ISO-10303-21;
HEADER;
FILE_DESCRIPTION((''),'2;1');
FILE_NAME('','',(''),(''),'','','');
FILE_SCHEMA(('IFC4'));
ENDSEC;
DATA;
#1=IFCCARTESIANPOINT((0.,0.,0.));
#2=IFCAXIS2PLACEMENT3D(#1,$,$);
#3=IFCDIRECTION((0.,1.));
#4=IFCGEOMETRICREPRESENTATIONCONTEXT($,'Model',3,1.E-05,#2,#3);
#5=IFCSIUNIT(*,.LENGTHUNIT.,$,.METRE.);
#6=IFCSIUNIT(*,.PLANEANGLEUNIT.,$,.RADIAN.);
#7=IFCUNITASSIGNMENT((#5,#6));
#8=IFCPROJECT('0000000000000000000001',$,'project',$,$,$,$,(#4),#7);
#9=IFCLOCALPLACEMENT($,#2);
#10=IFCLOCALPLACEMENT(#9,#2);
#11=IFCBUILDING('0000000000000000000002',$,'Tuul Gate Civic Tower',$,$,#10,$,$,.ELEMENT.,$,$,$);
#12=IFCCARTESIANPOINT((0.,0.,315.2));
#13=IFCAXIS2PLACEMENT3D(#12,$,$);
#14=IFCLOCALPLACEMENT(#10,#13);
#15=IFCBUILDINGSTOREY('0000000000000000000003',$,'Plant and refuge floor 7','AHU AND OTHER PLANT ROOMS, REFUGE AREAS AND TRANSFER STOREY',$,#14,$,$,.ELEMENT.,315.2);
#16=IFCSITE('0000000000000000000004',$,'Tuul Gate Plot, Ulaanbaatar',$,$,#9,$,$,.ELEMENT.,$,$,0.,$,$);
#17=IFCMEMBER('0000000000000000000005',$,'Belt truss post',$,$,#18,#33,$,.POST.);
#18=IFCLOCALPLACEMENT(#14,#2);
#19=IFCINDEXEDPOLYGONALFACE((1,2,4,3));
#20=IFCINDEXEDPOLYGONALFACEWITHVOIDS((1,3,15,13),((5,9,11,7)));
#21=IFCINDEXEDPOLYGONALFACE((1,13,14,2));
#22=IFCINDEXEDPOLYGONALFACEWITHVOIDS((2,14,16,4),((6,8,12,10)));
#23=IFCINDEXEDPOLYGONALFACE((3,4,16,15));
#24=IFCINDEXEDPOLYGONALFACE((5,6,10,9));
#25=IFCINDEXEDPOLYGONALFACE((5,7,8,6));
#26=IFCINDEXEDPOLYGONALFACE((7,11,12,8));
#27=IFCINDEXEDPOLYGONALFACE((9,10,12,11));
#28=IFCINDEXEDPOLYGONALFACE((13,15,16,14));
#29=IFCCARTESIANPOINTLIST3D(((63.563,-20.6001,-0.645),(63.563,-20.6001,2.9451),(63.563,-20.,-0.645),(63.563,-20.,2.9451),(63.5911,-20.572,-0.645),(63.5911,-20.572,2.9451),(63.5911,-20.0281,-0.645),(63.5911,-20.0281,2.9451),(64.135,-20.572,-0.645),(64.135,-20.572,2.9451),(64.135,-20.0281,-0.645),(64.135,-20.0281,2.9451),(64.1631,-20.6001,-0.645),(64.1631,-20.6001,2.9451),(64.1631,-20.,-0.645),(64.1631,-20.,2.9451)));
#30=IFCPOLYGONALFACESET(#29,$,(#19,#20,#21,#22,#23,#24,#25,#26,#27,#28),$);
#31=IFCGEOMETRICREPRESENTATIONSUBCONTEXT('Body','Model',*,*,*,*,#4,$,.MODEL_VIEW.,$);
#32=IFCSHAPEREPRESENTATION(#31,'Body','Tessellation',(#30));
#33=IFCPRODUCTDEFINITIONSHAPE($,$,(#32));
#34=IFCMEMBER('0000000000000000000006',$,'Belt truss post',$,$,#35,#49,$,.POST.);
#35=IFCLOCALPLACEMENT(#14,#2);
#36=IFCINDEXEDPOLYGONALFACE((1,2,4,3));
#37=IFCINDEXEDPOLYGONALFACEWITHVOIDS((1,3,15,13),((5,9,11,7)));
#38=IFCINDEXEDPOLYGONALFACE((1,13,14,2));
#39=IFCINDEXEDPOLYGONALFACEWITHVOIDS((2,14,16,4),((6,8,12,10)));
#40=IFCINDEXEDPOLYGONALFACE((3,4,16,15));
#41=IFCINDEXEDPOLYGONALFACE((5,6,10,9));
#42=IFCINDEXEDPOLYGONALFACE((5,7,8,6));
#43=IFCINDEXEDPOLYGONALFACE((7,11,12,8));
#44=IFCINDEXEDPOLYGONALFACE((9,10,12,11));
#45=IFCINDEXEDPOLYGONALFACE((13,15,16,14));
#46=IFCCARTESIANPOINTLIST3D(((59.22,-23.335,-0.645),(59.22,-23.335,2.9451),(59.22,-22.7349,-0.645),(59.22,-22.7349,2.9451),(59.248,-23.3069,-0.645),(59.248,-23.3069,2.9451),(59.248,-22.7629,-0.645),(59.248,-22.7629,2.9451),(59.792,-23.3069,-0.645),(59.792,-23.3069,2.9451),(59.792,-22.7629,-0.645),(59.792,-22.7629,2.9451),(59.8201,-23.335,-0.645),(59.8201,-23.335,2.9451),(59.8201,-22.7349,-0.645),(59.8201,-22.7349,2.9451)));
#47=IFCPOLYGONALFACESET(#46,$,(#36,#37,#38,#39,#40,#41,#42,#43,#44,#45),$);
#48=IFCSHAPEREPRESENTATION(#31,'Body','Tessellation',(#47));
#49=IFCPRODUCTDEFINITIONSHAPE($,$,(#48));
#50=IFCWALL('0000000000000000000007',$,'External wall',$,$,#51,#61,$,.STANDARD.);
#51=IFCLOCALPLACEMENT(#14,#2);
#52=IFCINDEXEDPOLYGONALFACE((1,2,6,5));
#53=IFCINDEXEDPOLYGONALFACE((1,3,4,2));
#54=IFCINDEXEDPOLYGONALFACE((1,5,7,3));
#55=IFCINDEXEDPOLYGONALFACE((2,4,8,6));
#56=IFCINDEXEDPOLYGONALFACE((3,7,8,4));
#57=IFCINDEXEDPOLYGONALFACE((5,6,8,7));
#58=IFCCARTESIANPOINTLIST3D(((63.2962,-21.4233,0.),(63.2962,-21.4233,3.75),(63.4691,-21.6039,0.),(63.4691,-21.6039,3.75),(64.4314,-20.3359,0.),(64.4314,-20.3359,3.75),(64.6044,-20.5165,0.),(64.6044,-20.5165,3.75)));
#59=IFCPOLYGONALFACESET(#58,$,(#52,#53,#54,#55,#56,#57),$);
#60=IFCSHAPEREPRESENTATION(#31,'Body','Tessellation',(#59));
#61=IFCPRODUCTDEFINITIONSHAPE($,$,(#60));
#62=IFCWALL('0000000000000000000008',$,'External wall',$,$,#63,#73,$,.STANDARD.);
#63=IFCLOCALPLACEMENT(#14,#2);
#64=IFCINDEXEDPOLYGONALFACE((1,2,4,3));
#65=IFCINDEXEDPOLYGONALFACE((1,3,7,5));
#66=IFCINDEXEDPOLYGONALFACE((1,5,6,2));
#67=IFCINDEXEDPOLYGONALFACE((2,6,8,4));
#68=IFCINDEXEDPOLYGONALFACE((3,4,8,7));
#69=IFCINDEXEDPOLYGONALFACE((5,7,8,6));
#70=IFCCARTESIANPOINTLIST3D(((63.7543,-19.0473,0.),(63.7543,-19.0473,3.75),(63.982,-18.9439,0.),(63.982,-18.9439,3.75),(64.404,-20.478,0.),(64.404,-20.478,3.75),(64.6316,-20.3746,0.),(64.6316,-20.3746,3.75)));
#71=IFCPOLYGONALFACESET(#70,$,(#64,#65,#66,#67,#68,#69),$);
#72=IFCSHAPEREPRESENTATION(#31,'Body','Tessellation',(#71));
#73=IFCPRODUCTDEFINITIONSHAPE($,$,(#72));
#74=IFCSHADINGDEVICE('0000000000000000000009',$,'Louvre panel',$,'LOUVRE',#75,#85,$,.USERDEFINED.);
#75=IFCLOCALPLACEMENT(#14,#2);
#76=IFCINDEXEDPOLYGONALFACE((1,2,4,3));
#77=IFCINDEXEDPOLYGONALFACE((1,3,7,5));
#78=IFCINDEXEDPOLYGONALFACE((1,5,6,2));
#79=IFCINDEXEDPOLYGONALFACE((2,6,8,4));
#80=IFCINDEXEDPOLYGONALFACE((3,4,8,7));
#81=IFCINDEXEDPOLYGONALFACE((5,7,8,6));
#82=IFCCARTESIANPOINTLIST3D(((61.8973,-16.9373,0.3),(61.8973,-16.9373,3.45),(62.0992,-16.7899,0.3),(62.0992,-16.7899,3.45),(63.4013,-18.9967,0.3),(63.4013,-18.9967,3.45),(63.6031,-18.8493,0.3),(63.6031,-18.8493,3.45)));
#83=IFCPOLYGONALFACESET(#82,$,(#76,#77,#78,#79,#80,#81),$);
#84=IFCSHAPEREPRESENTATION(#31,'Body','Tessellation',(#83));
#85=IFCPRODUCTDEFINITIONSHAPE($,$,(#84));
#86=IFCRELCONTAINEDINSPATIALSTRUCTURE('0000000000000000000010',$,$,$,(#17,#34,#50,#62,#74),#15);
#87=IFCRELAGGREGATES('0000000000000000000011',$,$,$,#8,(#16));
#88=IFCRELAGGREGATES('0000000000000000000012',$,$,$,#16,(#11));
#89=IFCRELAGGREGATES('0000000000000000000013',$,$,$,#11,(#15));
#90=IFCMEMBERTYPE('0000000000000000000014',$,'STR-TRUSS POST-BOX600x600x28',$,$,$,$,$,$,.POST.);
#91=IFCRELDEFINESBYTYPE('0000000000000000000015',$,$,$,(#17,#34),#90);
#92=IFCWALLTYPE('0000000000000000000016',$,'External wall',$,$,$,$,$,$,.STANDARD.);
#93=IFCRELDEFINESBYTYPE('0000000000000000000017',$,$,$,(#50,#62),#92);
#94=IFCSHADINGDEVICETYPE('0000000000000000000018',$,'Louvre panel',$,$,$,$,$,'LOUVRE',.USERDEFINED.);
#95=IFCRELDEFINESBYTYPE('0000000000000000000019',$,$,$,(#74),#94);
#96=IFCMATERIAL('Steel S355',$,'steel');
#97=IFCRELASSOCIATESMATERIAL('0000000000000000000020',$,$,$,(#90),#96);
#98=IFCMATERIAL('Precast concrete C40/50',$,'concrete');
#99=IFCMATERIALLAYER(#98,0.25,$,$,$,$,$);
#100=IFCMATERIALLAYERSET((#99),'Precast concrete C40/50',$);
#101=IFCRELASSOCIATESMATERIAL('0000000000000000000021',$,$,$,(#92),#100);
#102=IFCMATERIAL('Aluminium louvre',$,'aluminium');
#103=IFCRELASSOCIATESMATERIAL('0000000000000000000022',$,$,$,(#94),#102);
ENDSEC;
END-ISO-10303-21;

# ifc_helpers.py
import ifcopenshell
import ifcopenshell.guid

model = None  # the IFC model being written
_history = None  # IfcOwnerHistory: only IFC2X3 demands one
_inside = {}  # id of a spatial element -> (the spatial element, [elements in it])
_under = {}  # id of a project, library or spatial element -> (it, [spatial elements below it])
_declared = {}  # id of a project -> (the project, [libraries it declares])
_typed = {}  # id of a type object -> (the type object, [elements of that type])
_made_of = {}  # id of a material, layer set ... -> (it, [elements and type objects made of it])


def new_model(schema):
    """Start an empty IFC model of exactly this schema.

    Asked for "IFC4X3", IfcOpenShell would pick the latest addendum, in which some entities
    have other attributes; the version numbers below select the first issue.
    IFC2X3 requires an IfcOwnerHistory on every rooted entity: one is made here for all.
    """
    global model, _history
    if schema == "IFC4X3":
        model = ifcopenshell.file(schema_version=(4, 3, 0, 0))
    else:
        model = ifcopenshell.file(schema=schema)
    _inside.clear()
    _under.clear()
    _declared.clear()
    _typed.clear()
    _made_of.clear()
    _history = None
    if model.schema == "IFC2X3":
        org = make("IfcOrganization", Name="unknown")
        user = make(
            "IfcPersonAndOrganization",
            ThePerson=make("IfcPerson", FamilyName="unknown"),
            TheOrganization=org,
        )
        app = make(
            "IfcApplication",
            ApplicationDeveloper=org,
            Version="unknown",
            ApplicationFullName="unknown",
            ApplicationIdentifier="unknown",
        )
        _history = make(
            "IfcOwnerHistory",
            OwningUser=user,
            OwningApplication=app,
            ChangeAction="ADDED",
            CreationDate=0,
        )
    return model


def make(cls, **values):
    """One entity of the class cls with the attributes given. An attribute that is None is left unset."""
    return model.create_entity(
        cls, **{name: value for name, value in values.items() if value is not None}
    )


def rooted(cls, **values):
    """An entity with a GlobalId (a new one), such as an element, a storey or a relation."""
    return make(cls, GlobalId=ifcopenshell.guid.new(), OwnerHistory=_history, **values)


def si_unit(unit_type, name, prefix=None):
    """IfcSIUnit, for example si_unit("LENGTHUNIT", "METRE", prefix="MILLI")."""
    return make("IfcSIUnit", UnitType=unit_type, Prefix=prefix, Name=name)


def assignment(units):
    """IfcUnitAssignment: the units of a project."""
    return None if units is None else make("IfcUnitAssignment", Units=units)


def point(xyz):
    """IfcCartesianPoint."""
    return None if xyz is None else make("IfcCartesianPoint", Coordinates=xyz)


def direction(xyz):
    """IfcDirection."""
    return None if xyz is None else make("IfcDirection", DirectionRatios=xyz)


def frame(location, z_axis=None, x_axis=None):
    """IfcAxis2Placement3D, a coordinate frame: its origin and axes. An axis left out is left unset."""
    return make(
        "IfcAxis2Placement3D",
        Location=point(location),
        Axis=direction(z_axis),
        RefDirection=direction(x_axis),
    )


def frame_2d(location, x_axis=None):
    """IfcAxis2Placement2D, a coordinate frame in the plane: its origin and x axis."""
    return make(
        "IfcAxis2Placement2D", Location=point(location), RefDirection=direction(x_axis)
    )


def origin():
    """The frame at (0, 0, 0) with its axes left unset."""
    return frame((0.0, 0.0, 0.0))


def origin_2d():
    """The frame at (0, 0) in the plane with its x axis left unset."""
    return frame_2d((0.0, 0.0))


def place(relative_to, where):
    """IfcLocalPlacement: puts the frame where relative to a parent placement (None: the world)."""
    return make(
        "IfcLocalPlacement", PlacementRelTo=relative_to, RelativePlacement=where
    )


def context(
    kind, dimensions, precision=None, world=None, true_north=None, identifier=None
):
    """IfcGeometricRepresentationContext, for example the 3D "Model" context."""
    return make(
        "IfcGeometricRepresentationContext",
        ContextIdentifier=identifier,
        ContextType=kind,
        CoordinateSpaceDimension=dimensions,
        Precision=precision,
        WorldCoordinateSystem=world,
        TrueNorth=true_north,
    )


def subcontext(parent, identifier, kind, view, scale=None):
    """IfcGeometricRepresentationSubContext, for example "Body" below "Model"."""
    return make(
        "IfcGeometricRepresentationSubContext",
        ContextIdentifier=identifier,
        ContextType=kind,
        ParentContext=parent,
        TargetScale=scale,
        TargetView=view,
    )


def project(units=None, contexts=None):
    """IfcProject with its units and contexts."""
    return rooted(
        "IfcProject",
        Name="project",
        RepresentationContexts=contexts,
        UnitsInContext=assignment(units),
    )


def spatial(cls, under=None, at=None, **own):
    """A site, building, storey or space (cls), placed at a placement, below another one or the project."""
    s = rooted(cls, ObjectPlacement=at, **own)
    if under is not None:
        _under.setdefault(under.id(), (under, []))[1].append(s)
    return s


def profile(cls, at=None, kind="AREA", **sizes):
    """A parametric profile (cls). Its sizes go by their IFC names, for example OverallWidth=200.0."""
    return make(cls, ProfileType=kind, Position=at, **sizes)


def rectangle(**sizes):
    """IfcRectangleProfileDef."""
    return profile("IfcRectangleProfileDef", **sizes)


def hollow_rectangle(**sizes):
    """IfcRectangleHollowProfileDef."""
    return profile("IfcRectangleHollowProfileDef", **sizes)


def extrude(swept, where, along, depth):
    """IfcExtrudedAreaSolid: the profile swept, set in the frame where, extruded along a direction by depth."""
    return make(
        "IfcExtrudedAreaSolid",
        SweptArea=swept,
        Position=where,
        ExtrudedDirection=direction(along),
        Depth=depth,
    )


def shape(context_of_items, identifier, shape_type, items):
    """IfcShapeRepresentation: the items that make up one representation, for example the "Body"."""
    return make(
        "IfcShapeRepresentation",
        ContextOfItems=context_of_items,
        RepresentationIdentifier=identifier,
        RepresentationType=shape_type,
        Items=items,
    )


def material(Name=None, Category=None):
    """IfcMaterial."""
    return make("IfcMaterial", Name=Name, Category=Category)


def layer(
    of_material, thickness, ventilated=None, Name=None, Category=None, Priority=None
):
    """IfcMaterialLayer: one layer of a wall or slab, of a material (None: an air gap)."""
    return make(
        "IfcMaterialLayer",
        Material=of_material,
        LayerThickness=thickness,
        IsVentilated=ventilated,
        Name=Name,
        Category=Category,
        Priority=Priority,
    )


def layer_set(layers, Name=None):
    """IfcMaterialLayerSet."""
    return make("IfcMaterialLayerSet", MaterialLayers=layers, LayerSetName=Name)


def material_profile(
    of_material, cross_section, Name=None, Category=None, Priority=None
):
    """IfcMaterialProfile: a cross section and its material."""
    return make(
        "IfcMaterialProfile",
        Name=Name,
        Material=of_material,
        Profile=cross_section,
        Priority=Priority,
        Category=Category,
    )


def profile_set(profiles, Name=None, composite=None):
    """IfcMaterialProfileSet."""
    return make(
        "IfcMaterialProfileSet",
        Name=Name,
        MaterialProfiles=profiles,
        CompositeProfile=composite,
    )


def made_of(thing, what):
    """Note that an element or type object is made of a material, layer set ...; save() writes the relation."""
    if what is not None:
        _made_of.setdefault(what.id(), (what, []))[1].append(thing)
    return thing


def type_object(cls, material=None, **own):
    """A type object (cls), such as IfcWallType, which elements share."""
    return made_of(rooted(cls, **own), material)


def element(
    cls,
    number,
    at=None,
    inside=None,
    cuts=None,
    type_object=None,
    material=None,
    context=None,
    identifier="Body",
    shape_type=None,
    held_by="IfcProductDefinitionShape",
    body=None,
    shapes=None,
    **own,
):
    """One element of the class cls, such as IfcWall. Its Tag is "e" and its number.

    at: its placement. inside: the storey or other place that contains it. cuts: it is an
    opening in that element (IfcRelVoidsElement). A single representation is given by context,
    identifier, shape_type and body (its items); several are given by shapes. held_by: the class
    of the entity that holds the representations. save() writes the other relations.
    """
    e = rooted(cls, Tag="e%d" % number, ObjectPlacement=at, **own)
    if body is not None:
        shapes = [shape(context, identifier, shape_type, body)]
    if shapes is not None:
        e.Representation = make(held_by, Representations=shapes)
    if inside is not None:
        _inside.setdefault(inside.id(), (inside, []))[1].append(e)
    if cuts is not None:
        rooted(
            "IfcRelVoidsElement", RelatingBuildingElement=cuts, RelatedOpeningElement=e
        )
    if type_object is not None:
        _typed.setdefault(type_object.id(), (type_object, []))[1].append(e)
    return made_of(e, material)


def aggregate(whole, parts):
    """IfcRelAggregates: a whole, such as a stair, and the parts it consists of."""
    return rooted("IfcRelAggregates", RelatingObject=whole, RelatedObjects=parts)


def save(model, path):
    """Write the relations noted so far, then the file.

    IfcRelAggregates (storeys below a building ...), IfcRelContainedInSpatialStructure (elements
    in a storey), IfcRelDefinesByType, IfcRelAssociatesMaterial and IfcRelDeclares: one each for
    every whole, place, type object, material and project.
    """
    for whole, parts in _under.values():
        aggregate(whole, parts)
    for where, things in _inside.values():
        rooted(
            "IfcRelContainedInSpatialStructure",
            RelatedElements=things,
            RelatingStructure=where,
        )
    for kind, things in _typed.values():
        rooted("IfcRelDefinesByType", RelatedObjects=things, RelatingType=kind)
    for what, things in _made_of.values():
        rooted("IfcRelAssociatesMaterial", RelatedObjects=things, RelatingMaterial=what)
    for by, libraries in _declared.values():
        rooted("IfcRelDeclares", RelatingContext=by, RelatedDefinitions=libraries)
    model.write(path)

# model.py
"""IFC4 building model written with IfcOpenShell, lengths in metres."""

from ifc_helpers import new_model, si_unit, direction, frame, frame_2d, origin, origin_2d, place, context, subcontext, project, spatial, rectangle, hollow_rectangle, extrude, material, layer, layer_set, material_profile, profile_set, type_object, element, save


model = new_model("IFC4")

# Units and contexts
model_context = context("Model", 3, precision=1e-05, world=origin(), true_north=direction((0.0, 1.0)))
body_context = subcontext(model_context, "Body", "Model", "MODEL_VIEW")
ifc_project = project(units=[si_unit("LENGTHUNIT", "METRE"), si_unit("PLANEANGLEUNIT", "RADIAN")], contexts=[model_context])

# Site, building, storey
site_placement = place(None, origin())
site = spatial("IfcSite", under=ifc_project, at=site_placement, Name="Tuul Gate Plot, Ulaanbaatar", CompositionType="ELEMENT", RefElevation=0.0)
building_placement = place(site_placement, origin())
building = spatial("IfcBuilding", under=site, at=building_placement, Name="Tuul Gate Civic Tower", CompositionType="ELEMENT")
storey_placement = place(building_placement, frame((0.0, 0.0, 315.2)))
storey = spatial("IfcBuildingStorey", under=building, at=storey_placement, Name="Plant and refuge floor 7", Description="AHU AND OTHER PLANT ROOMS, REFUGE AREAS AND TRANSFER STOREY", CompositionType="ELEMENT", Elevation=315.2)

# Members
ifc_material_1 = material(Name="Steel S355", Category="steel")
ifc_material_profile_1 = material_profile(ifc_material_1, hollow_rectangle(XDim=0.6001, YDim=0.6001, WallThickness=0.0281, at=origin_2d()), Name="BOX600x600x28")
ifc_profile_set_1 = profile_set([ifc_material_profile_1], Name="Steel S355")
member_type_1 = type_object("IfcMemberType", Name="STR-TRUSS POST-BOX600x600x28", PredefinedType="POST", material=ifc_profile_set_1)
for number, where, z_axis, x_axis, name in (
    (1, (63.863, -20.3, -0.645), (0.0, 0.0, 1.0), (1.0, 0.0, 0.0), "Belt truss post"),
    (2, (59.52, -23.0349, -0.645), (0.0, 0.0, 1.0), (1.0, 0.0, 0.0), "Belt truss post"),
):
    element("IfcMember", number, at=place(storey_placement, frame(where, z_axis=z_axis, x_axis=x_axis)), inside=storey, type_object=member_type_1, Name=name, PredefinedType="POST", context=body_context, shape_type="SweptSolid", body=[
        extrude(hollow_rectangle(XDim=0.6001, YDim=0.6001, WallThickness=0.0281, at=origin_2d()), origin(), (0.0, 0.0, 1.0), 3.5901),
    ])

# Walls
ifc_material_2 = material(Name="Precast concrete C40/50", Category="concrete")
ifc_layer = layer(ifc_material_2, 0.25)
ifc_layer_set = layer_set([ifc_layer], Name="Precast concrete C40/50")
wall_type = type_object("IfcWallType", Name="External wall", PredefinedType="STANDARD", material=ifc_layer_set)
wall_1_placement = place(storey_placement, frame((63.3826, -21.5137, 0.0), z_axis=(0.0, 0.0, 1.0), x_axis=(0.722163, 0.691723, 0.0)))
element("IfcWall", 3, at=wall_1_placement, inside=storey, type_object=wall_type, Name="External wall", PredefinedType="STANDARD", context=body_context, shape_type="SweptSolid", body=[
    extrude(rectangle(XDim=1.572, YDim=0.25, at=frame_2d((0.7861, 0.0))), origin(), (0.0, 0.0, 1.0), 3.75),
])
wall_2_placement = place(storey_placement, frame((64.5178, -20.4263, 0.0), z_axis=(0.0, 0.0, 1.0), x_axis=(-0.413463, 0.910521, 0.0)))
element("IfcWall", 4, at=wall_2_placement, inside=storey, type_object=wall_type, Name="External wall", PredefinedType="STANDARD", context=body_context, shape_type="SweptSolid", body=[
    extrude(rectangle(XDim=1.5713, YDim=0.25, at=frame_2d((0.7856, 0.0))), origin(), (0.0, 0.0, 1.0), 3.75),
])

# Shading device
ifc_material_3 = material(Name="Aluminium louvre", Category="aluminium")
shading_device_type = type_object("IfcShadingDeviceType", Name="Louvre panel", ElementType="LOUVRE", PredefinedType="USERDEFINED", material=ifc_material_3)
shading_device_placement = place(storey_placement, frame((62.7502, -17.8933, 0.3), z_axis=(0.0, 0.0, 1.0), x_axis=(-0.807578, -0.58976, 0.0)))
element("IfcShadingDevice", 5, at=shading_device_placement, inside=storey, type_object=shading_device_type, Name="Louvre panel", ObjectType="LOUVRE", PredefinedType="USERDEFINED", context=body_context, shape_type="SweptSolid", body=[
    extrude(rectangle(XDim=0.25, YDim=2.55, at=origin_2d()), origin(), (0.0, 0.0, 1.0), 3.1499),
])

save(model, "model.ifc")
